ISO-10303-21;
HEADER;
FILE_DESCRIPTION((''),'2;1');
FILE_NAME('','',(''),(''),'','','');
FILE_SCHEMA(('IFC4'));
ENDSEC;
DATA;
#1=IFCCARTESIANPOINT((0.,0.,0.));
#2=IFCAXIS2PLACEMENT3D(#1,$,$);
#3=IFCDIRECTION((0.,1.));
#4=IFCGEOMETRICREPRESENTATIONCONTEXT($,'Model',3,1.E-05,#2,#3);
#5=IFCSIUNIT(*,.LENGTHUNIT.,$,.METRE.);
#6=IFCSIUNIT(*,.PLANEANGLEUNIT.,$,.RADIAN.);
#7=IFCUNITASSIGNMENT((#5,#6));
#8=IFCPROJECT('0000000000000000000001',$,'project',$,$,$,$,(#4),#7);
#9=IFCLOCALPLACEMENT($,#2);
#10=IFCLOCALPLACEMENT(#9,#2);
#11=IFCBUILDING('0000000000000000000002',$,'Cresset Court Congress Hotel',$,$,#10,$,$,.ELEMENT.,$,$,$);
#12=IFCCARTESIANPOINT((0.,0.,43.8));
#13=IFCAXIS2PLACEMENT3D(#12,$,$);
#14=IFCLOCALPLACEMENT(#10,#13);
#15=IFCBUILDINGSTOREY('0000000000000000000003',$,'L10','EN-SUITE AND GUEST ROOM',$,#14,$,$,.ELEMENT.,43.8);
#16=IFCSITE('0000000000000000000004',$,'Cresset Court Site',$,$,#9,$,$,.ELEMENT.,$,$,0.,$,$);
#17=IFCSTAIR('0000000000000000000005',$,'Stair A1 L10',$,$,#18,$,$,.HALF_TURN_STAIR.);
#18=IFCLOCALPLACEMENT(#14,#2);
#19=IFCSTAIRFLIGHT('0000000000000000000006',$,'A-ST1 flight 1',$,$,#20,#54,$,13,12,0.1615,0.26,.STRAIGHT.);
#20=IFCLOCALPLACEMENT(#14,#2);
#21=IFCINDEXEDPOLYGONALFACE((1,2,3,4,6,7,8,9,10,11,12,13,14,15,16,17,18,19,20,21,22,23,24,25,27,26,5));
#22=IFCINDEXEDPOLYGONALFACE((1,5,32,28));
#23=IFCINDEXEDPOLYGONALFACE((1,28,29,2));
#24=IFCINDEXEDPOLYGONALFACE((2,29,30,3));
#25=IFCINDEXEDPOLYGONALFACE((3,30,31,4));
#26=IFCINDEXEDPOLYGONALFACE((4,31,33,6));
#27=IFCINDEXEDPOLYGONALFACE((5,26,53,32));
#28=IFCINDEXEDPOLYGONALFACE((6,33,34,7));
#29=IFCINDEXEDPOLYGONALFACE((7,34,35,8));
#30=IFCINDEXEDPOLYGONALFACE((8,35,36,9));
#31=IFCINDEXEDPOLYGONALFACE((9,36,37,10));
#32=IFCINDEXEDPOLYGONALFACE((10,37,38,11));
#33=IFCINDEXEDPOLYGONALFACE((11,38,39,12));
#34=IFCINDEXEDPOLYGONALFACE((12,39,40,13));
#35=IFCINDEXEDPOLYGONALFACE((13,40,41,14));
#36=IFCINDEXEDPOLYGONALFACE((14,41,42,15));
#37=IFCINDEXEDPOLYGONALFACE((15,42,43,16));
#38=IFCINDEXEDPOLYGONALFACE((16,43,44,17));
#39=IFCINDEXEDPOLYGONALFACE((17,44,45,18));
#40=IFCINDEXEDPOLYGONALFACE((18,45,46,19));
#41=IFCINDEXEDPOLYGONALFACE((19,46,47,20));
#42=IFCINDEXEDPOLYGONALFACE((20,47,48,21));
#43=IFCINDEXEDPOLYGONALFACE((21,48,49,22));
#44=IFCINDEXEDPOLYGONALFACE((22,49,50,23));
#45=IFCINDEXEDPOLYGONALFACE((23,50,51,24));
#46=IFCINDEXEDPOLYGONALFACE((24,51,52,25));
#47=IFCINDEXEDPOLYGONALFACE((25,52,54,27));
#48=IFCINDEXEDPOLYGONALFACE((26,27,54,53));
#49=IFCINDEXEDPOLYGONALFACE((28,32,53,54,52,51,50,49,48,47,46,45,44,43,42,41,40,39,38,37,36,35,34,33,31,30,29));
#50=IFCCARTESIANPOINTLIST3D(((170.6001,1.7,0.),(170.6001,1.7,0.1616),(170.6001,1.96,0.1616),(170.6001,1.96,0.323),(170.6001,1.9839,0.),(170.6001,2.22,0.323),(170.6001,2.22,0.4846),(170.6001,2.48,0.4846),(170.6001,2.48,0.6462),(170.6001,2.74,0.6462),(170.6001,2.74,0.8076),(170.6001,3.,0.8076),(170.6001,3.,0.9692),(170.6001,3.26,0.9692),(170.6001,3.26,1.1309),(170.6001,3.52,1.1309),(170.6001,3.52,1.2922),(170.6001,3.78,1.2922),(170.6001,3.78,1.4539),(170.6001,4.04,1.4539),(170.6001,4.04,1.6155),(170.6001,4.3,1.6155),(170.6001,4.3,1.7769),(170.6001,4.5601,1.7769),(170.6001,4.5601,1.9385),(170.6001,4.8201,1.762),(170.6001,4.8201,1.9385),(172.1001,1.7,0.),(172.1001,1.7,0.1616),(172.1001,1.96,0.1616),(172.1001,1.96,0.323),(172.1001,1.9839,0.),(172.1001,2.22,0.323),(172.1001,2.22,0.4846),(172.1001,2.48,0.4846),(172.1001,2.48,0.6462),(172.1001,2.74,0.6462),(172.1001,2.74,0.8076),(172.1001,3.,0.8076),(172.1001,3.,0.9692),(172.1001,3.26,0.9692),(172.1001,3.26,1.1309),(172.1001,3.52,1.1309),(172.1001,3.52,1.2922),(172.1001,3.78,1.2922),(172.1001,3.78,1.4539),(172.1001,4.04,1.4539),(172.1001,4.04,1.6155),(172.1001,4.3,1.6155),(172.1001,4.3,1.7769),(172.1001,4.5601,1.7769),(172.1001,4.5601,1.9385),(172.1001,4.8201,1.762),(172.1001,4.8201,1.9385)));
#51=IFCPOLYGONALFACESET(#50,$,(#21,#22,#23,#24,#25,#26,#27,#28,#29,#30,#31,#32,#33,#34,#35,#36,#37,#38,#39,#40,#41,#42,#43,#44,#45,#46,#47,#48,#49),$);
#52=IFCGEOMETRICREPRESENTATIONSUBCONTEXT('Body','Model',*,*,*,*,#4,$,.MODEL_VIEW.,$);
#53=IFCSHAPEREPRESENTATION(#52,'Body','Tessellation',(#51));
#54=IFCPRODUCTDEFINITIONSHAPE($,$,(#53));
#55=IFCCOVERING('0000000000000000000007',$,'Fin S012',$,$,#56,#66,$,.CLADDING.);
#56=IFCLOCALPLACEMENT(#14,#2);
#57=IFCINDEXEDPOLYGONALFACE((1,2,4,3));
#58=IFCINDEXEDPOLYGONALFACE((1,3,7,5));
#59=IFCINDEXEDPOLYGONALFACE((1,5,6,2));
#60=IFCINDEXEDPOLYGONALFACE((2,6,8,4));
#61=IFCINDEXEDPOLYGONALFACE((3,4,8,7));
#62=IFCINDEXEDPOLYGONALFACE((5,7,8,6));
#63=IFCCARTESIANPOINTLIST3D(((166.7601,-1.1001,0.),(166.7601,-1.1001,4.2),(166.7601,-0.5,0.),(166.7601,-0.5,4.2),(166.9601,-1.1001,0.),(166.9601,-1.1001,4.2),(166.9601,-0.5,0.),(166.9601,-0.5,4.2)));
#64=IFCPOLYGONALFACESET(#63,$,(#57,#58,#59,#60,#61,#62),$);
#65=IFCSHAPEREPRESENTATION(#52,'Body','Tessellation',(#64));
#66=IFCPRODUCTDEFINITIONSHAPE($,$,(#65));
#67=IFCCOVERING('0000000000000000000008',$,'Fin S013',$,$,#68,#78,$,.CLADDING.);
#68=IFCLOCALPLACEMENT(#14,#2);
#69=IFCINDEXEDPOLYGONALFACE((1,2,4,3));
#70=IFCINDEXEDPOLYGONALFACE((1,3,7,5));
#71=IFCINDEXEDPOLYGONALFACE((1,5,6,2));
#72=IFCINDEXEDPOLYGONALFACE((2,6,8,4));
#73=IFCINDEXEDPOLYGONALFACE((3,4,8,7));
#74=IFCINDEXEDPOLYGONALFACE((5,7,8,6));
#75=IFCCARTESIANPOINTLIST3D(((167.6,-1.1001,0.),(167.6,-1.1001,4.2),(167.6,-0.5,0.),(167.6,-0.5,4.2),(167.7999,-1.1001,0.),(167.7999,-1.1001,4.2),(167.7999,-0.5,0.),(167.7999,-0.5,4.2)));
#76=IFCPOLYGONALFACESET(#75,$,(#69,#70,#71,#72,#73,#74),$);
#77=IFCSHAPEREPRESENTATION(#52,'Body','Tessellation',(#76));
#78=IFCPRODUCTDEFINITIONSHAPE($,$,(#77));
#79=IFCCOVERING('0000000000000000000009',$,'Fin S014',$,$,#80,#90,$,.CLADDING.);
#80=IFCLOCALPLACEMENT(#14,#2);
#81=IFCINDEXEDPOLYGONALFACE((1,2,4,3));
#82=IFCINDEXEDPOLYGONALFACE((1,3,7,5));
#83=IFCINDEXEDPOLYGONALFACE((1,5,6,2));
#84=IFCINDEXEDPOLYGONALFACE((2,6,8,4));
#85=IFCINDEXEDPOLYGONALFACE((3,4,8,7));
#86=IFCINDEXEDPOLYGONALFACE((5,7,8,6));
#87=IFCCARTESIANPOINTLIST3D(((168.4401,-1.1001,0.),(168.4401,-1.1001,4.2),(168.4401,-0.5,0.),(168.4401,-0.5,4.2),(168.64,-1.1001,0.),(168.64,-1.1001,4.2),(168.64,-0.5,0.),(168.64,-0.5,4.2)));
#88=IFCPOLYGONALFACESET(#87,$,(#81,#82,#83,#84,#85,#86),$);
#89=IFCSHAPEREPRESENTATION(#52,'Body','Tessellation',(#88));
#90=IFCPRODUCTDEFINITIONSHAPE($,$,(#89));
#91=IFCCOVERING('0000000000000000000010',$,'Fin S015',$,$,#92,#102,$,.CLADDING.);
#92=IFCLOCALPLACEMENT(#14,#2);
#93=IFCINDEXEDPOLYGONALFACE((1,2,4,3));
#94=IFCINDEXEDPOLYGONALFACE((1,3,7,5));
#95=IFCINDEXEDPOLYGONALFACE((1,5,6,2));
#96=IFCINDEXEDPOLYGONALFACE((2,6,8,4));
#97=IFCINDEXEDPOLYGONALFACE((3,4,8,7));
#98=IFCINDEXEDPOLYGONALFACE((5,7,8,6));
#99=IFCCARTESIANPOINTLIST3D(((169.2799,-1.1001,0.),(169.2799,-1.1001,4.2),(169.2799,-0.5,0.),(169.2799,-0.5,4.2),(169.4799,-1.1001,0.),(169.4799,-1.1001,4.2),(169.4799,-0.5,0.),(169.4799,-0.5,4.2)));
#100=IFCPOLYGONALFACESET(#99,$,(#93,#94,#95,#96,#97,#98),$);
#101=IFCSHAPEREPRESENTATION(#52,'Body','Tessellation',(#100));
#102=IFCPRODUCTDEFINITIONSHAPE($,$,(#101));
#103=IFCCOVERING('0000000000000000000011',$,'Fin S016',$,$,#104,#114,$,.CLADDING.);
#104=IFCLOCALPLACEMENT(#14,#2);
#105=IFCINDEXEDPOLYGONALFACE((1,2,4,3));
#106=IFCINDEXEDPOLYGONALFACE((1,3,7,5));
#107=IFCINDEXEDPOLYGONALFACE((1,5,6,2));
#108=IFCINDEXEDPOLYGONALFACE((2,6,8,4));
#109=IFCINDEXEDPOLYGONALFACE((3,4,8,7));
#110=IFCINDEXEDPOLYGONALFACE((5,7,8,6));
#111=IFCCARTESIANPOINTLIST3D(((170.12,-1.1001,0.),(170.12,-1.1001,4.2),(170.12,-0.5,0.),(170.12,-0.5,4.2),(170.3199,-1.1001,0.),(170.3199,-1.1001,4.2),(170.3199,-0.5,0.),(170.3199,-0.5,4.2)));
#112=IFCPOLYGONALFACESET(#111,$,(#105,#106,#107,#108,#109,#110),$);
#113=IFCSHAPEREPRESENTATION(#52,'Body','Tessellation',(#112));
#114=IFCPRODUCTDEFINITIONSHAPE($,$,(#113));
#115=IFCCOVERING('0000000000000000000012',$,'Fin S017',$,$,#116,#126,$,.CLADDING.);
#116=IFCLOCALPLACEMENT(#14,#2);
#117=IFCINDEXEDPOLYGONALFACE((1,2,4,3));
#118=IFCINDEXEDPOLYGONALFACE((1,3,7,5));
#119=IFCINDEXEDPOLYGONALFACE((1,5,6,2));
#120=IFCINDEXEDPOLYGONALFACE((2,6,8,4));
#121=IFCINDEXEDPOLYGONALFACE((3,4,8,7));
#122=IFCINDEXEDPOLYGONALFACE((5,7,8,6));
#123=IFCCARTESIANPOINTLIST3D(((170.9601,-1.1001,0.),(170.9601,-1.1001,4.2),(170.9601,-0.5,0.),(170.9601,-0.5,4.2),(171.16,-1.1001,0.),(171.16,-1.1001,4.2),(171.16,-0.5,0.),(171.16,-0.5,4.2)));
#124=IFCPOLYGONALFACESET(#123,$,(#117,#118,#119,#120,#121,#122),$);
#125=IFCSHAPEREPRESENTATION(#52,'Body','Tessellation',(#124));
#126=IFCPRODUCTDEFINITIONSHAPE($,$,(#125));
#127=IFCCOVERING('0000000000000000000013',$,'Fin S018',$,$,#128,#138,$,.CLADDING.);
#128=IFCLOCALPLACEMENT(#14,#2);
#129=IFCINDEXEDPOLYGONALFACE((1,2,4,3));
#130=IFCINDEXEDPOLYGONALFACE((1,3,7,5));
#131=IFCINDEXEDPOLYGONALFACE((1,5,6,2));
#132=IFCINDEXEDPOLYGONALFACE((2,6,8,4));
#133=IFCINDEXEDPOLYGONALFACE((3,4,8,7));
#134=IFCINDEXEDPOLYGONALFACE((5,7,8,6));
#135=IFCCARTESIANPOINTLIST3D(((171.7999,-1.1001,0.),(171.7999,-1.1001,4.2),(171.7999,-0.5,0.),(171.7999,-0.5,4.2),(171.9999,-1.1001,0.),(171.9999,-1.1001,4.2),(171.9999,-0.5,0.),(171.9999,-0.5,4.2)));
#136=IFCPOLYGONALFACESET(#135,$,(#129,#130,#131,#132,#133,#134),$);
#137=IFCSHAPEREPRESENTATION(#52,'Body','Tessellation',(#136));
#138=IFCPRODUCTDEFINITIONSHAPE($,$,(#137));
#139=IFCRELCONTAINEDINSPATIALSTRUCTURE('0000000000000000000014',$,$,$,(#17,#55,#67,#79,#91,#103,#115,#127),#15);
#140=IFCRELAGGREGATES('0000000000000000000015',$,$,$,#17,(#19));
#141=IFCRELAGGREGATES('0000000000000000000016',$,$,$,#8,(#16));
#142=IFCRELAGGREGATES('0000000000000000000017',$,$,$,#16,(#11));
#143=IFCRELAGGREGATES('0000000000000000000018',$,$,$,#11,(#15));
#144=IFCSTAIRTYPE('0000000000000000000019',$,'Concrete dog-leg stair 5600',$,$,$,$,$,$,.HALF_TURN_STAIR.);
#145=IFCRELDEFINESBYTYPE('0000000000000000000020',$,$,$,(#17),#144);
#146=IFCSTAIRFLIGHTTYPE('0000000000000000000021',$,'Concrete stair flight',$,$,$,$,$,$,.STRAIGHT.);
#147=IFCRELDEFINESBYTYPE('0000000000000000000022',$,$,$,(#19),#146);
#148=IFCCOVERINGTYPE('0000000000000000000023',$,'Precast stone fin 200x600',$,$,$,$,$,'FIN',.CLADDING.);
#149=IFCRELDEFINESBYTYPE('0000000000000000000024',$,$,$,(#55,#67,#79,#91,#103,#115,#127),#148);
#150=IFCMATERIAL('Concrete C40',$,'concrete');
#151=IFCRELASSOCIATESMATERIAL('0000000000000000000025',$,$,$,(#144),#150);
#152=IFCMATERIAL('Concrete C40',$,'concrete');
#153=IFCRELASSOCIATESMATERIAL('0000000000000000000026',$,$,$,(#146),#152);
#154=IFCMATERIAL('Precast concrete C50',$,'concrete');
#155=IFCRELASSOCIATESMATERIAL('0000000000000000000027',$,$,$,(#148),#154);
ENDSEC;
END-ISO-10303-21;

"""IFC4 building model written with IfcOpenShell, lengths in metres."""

from ifc_helpers import new_model, si_unit, direction, frame, origin, origin_2d, place, context, subcontext, project, spatial, polyline, rectangle, outline, extrude, material, type_object, element, aggregate, save


model = new_model("IFC4")

# Units and contexts
model_context = context("Model", 3, precision=1e-05, world=origin(), true_north=direction((0.0, 1.0)))
body_context = subcontext(model_context, "Body", "Model", "MODEL_VIEW")
ifc_project = project(units=[si_unit("LENGTHUNIT", "METRE"), si_unit("PLANEANGLEUNIT", "RADIAN")], contexts=[model_context])

# Site, building, storey
site_placement = place(None, origin())
site = spatial("IfcSite", under=ifc_project, at=site_placement, Name="Cresset Court Site", CompositionType="ELEMENT", RefElevation=0.0)
building_placement = place(site_placement, origin())
building = spatial("IfcBuilding", under=site, at=building_placement, Name="Cresset Court Congress Hotel", CompositionType="ELEMENT")
storey_placement = place(building_placement, frame((0.0, 0.0, 43.8)))
storey = spatial("IfcBuildingStorey", under=building, at=storey_placement, Name="L10", Description="EN-SUITE AND GUEST ROOM", CompositionType="ELEMENT", Elevation=43.8)

# Stair, stair flight
ifc_material_1 = material(Name="Concrete C40", Category="concrete")
stair_type = type_object("IfcStairType", Name="Concrete dog-leg stair 5600", PredefinedType="HALF_TURN_STAIR", material=ifc_material_1)
stair_placement = place(storey_placement, origin())
stair = element("IfcStair", 1, at=stair_placement, inside=storey, type_object=stair_type, Name="Stair A1 L10", PredefinedType="HALF_TURN_STAIR")
ifc_material_2 = material(Name="Concrete C40", Category="concrete")
stair_flight_type = type_object("IfcStairFlightType", Name="Concrete stair flight", PredefinedType="STRAIGHT", material=ifc_material_2)
stair_flight_placement = place(storey_placement, frame((171.3501, 1.7, 0.0), z_axis=(0.0, 0.0, 1.0), x_axis=(0.0, 1.0, 0.0)))
stair_flight = element("IfcStairFlight", 2, at=stair_flight_placement, type_object=stair_flight_type, Name="A-ST1 flight 1", NumberOfRisers=13, NumberOfTreads=12, PredefinedType="STRAIGHT", RiserHeight=0.1615, TreadLength=0.26, context=body_context, shape_type="SweptSolid", body=[
    extrude(outline(polyline([(0.0, 0.0), (0.0, 0.1616), (0.26, 0.1616), (0.26, 0.323), (0.52, 0.323), (0.52, 0.4846), (0.78, 0.4846), (0.78, 0.6462), (1.04, 0.6462), (1.04, 0.8076), (1.3, 0.8076), (1.3, 0.9692), (1.5601, 0.9692), (1.5601, 1.1309), (1.8201, 1.1309), (1.8201, 1.2922), (2.0801, 1.2922), (2.0801, 1.4539), (2.3401, 1.4539), (2.3401, 1.6155), (2.6001, 1.6155), (2.6001, 1.7769), (2.8601, 1.7769), (2.8601, 1.9385), (3.1201, 1.9385), (3.1201, 2.1001), (3.1201, 1.762), (0.2839, 0.0), (0.0, 0.0)])), frame((0.0, 0.75, 0.0), z_axis=(0.0, -1.0, 0.0), x_axis=(1.0, 0.0, 0.0)), (0.0, 0.0, 1.0), 1.5),
])
aggregate(stair, [stair_flight])

# Coverings
ifc_material_3 = material(Name="Precast concrete C50", Category="concrete")
covering_type = type_object("IfcCoveringType", Name="Precast stone fin 200x600", ElementType="FIN", PredefinedType="CLADDING", material=ifc_material_3)
for number, where, z_axis, x_axis, name in (
    (3, (166.8601, -0.8, 0.0), (0.0, 0.0, 1.0), (1.0, 0.0, 0.0), "Fin S012"),
    (4, (167.7, -0.8, 0.0), (0.0, 0.0, 1.0), (1.0, 0.0, 0.0), "Fin S013"),
    (5, (168.54, -0.8, 0.0), (0.0, 0.0, 1.0), (1.0, 0.0, 0.0), "Fin S014"),
    (6, (169.3799, -0.8, 0.0), (0.0, 0.0, 1.0), (1.0, 0.0, 0.0), "Fin S015"),
    (7, (170.22, -0.8, 0.0), (0.0, 0.0, 1.0), (1.0, 0.0, 0.0), "Fin S016"),
    (8, (171.0601, -0.8, 0.0), (0.0, 0.0, 1.0), (1.0, 0.0, 0.0), "Fin S017"),
    (9, (171.8999, -0.8, 0.0), (0.0, 0.0, 1.0), (1.0, 0.0, 0.0), "Fin S018"),
):
    element("IfcCovering", number, at=place(storey_placement, frame(where, z_axis=z_axis, x_axis=x_axis)), inside=storey, type_object=covering_type, Name=name, PredefinedType="CLADDING", context=body_context, shape_type="SweptSolid", body=[
        extrude(rectangle(XDim=0.2, YDim=0.6001, at=origin_2d()), origin(), (0.0, 0.0, 1.0), 4.2),
    ])

save(model, "model.ifc")
